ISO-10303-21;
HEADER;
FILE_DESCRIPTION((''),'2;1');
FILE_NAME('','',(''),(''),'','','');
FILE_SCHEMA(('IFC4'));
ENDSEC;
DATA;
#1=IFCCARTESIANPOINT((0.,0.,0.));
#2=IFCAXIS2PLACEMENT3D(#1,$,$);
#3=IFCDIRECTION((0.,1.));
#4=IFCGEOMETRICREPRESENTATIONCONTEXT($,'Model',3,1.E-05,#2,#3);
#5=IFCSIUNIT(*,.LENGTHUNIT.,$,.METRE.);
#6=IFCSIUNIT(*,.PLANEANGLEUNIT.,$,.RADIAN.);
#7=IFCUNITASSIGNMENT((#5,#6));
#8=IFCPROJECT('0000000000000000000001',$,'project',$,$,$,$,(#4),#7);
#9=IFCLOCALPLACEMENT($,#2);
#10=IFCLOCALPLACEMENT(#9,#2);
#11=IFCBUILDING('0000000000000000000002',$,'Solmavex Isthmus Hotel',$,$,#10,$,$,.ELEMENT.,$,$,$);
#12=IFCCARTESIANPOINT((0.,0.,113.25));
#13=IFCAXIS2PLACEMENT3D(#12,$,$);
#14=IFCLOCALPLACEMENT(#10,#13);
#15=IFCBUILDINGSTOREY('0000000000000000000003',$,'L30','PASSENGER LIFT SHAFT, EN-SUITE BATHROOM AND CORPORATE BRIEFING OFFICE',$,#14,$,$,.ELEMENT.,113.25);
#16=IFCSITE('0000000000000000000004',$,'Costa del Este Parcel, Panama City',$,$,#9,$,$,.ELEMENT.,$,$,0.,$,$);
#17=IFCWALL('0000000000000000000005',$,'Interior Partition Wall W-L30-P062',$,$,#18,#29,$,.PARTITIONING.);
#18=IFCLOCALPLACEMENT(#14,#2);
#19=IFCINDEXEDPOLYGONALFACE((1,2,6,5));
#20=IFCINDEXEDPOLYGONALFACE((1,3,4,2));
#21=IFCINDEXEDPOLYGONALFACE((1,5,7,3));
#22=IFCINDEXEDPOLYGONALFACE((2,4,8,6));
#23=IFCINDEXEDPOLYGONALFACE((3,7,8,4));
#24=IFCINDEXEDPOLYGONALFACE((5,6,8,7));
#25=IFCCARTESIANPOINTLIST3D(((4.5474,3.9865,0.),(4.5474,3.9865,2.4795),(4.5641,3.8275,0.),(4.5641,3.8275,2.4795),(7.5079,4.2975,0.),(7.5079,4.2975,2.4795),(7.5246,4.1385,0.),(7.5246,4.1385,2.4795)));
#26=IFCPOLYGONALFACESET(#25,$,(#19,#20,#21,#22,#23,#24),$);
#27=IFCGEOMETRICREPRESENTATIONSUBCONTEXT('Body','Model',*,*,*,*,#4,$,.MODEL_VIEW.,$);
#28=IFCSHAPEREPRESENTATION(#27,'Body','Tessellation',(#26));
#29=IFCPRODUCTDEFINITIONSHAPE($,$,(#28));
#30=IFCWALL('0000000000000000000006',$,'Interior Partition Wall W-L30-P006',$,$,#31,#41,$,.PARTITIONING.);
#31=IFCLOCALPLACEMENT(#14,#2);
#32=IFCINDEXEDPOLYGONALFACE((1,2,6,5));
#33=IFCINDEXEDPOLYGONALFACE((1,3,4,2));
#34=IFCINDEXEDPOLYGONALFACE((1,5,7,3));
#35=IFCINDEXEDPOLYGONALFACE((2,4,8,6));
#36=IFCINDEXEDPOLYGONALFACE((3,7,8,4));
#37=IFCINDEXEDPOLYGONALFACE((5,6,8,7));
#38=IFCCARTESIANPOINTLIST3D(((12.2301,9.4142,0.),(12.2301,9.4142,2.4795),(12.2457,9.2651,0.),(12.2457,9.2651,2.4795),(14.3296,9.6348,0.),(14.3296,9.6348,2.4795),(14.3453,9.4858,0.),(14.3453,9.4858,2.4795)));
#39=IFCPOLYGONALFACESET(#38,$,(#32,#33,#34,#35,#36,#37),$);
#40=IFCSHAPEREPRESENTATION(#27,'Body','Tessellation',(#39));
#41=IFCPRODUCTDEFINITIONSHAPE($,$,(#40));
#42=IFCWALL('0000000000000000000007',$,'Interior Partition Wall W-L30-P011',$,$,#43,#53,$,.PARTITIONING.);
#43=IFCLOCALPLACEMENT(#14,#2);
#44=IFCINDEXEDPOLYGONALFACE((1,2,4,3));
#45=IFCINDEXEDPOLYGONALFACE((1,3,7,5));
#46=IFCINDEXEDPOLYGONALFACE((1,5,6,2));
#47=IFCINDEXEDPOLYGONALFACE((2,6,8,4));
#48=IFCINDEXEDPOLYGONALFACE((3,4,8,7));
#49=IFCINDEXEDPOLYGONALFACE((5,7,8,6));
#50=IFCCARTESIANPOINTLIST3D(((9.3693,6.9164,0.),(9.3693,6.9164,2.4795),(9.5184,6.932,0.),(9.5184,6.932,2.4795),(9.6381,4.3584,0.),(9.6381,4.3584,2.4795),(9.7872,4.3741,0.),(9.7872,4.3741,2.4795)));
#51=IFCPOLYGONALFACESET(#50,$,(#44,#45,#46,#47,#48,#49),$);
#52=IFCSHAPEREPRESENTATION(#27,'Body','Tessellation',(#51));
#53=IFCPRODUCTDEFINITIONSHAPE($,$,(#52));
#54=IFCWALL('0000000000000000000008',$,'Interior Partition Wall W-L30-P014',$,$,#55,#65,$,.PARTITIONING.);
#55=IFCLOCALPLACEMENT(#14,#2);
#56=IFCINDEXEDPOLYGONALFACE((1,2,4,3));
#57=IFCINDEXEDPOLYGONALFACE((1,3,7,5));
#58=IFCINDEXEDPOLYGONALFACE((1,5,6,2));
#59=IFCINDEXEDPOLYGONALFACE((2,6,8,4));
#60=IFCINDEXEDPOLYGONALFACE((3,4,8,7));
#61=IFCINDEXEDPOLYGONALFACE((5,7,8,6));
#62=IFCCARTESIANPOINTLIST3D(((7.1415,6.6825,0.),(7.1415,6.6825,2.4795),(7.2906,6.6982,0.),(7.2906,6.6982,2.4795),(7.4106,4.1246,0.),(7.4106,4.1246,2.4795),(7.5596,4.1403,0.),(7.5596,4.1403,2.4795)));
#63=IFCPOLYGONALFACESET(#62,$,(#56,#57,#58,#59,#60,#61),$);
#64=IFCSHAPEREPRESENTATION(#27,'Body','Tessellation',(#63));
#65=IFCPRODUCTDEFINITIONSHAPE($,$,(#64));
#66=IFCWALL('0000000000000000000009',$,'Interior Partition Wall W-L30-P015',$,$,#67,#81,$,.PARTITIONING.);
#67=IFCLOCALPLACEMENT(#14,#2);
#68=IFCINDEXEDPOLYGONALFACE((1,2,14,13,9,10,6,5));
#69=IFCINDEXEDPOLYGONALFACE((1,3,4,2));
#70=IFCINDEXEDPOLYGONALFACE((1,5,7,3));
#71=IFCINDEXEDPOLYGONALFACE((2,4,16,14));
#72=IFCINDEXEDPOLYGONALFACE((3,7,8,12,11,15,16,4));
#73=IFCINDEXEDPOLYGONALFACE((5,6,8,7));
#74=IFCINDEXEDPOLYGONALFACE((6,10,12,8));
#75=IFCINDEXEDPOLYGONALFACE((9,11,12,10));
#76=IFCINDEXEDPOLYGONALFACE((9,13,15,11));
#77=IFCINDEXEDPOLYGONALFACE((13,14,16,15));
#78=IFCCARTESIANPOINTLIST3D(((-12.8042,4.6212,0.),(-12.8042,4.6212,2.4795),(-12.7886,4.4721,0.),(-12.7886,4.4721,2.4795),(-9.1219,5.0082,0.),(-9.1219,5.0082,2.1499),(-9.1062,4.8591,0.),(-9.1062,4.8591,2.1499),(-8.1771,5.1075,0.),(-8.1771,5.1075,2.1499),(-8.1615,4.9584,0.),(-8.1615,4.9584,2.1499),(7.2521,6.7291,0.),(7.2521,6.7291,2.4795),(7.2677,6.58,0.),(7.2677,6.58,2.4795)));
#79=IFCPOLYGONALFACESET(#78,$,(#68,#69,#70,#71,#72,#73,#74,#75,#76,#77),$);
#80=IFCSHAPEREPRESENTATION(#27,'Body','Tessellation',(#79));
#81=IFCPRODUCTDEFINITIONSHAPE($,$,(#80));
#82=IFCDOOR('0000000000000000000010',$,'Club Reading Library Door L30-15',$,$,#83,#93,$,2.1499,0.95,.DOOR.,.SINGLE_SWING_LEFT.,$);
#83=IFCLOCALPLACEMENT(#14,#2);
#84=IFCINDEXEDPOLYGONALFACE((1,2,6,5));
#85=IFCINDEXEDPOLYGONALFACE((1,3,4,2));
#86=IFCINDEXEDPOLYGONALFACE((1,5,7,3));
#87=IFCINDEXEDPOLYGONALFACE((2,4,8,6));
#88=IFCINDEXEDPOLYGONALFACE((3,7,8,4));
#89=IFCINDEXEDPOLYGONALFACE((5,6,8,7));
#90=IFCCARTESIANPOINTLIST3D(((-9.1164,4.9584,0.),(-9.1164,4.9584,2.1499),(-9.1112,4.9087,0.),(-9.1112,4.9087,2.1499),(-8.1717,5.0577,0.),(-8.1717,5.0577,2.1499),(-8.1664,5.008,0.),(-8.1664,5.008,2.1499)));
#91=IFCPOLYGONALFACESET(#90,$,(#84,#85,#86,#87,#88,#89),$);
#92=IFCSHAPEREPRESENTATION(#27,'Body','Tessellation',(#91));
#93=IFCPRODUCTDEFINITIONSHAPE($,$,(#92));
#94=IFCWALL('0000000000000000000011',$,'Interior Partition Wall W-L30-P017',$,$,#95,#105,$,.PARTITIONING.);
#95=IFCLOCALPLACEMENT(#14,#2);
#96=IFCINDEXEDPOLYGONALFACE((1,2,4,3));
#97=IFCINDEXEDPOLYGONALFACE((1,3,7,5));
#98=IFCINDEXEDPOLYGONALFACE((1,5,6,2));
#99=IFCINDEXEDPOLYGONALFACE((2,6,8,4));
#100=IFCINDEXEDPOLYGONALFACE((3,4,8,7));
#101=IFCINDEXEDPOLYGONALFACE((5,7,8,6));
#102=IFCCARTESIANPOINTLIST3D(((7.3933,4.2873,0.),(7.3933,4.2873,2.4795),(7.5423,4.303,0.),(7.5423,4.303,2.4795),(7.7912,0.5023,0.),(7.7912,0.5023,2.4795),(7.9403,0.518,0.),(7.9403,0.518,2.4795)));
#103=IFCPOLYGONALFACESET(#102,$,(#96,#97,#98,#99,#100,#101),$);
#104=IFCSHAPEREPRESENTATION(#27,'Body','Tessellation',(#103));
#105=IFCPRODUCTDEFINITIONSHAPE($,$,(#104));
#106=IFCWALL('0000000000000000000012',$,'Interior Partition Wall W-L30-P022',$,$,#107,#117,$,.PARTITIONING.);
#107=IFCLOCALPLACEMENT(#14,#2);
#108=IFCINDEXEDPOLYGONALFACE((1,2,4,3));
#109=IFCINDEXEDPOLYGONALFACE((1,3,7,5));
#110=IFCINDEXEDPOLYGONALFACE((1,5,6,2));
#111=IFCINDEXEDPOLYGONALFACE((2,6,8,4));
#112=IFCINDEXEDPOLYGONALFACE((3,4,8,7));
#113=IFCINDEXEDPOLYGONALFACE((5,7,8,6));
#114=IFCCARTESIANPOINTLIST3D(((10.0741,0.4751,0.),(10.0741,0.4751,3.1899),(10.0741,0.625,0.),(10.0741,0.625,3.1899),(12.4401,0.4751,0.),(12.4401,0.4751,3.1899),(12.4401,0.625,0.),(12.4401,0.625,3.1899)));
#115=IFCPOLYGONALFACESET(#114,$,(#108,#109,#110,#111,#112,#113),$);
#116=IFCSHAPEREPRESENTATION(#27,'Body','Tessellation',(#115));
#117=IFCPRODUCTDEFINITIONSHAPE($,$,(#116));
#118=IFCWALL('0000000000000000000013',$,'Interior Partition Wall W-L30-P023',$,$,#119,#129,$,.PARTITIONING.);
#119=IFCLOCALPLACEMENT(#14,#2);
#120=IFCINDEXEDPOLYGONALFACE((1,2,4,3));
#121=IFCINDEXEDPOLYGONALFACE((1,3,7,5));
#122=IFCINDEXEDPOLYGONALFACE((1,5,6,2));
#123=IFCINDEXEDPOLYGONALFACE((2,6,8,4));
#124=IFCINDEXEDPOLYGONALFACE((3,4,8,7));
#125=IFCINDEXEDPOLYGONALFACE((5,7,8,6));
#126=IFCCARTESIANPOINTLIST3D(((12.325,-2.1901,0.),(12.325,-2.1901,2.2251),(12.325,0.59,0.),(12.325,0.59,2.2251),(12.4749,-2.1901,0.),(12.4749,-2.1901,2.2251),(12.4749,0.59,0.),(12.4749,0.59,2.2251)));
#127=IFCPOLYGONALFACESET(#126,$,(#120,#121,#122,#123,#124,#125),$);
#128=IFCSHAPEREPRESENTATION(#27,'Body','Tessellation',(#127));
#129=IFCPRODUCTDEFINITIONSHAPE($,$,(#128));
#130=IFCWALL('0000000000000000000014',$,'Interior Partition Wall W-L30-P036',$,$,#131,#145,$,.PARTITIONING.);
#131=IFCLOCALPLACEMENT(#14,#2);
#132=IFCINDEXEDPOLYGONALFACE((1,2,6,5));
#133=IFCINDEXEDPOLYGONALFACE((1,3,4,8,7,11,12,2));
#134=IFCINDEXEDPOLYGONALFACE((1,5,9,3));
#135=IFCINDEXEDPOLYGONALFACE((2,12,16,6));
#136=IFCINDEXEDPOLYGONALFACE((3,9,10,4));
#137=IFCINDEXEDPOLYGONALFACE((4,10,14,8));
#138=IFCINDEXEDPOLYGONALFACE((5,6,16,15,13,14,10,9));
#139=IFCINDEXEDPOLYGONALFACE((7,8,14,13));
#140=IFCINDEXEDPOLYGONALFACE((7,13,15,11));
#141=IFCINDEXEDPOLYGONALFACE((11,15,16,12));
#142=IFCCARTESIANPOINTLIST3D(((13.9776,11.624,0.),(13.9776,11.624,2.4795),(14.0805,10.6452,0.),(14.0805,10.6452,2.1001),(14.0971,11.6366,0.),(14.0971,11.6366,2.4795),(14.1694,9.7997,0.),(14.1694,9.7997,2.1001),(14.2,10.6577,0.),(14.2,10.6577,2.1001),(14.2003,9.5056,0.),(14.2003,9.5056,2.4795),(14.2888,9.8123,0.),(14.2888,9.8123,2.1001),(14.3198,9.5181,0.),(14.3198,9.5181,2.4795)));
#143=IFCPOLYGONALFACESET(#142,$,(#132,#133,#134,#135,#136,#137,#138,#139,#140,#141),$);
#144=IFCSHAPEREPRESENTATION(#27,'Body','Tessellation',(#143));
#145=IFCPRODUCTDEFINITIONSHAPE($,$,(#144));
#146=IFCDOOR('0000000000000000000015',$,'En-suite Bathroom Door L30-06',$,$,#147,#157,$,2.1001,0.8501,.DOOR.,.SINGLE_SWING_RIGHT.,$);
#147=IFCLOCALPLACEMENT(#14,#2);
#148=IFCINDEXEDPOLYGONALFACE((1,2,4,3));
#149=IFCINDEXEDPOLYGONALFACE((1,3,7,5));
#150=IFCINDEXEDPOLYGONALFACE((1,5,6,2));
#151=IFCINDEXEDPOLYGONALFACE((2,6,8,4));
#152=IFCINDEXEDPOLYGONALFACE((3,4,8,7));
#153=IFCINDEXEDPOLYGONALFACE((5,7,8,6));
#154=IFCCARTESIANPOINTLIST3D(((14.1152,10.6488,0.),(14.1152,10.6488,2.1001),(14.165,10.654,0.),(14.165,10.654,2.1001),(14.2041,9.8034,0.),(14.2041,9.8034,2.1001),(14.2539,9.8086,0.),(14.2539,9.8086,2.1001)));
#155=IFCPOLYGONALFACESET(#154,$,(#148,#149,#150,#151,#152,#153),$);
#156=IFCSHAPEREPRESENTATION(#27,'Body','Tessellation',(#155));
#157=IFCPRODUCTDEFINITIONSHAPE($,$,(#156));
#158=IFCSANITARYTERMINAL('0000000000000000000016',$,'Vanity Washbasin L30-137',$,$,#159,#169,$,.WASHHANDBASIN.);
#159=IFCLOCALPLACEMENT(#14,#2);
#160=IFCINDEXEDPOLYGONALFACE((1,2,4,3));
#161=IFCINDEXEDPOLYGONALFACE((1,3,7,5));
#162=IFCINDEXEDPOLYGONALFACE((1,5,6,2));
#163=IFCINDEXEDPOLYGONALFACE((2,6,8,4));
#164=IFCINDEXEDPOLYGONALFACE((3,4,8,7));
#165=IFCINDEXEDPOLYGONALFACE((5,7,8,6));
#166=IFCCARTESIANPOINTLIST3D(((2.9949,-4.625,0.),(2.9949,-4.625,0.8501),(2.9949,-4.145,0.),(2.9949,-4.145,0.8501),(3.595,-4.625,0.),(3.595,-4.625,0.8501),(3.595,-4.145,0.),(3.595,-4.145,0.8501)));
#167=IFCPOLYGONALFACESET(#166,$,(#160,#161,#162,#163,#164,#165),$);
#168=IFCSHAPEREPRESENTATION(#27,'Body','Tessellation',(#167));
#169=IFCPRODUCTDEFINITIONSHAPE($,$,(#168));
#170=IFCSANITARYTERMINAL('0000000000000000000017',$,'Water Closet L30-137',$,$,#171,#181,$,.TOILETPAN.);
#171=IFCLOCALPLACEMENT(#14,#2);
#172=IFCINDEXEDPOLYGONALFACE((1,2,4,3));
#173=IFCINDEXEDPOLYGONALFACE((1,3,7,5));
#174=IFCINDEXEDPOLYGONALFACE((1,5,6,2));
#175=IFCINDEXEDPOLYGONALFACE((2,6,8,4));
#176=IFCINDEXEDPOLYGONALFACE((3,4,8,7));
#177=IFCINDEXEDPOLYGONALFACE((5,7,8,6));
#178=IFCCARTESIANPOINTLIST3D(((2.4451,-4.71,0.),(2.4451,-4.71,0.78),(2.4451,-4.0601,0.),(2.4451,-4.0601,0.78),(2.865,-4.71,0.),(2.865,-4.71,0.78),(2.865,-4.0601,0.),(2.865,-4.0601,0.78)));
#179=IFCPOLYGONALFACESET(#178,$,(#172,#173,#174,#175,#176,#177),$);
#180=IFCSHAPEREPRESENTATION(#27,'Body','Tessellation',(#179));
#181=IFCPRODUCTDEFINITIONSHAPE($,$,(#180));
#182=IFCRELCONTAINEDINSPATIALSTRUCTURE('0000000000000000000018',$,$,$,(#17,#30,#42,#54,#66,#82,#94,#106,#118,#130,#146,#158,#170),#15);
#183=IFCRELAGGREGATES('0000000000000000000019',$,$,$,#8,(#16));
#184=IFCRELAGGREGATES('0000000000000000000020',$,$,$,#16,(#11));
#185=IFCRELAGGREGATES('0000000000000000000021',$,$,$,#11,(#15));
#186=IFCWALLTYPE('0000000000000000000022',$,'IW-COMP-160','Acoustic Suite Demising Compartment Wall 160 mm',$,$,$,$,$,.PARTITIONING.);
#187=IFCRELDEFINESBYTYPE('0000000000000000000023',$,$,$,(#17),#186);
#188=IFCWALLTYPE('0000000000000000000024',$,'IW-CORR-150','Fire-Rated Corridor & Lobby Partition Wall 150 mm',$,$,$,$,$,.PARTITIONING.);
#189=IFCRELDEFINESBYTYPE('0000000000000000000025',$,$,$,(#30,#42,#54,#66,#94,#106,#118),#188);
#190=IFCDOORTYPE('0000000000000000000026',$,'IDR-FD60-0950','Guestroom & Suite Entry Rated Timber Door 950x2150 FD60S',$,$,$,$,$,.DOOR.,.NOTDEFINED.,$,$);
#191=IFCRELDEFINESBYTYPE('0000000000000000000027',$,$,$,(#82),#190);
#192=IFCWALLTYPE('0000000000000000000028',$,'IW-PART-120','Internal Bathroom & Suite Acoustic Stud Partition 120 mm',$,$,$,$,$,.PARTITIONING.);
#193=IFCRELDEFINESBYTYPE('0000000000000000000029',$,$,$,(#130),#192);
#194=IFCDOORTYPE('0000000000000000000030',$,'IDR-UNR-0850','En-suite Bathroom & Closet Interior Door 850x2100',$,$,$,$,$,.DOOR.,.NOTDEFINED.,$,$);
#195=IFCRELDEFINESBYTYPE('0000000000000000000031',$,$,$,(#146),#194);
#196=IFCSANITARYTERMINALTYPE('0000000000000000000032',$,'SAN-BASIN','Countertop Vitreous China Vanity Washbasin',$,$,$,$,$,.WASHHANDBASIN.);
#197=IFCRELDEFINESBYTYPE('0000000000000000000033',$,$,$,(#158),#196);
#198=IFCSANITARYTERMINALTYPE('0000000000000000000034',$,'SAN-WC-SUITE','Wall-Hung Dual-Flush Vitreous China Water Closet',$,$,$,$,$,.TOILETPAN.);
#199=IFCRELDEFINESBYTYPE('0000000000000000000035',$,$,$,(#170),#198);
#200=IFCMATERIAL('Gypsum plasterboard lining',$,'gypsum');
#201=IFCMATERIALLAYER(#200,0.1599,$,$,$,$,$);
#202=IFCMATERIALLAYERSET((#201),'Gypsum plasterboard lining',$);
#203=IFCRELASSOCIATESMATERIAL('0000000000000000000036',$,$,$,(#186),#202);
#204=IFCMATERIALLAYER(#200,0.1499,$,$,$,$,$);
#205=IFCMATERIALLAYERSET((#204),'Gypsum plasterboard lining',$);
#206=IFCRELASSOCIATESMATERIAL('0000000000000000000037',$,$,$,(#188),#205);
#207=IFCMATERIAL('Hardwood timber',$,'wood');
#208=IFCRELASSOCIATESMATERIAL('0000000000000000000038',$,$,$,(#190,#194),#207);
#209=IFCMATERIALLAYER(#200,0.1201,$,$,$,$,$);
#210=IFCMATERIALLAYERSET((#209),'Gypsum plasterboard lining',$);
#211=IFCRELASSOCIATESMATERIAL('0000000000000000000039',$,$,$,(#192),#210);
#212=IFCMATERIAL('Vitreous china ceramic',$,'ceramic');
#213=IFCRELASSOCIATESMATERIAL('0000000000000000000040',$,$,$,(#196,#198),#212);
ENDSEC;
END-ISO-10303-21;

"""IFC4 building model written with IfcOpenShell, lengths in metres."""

from ifc_helpers import new_model, si_unit, direction, frame, frame_2d, origin, origin_2d, place, context, subcontext, project, spatial, rectangle, extrude, material, layer, layer_set, type_object, element, fill, save


model = new_model("IFC4")

# Units and contexts
model_context = context("Model", 3, precision=1e-05, world=origin(), true_north=direction((0.0, 1.0)))
body_context = subcontext(model_context, "Body", "Model", "MODEL_VIEW")
ifc_project = project(units=[si_unit("LENGTHUNIT", "METRE"), si_unit("PLANEANGLEUNIT", "RADIAN")], contexts=[model_context])

# Site, building, storey
site_placement = place(None, origin())
site = spatial("IfcSite", under=ifc_project, at=site_placement, Name="Costa del Este Parcel, Panama City", CompositionType="ELEMENT", RefElevation=0.0)
building_placement = place(site_placement, origin())
building = spatial("IfcBuilding", under=site, at=building_placement, Name="Solmavex Isthmus Hotel", CompositionType="ELEMENT")
storey_placement = place(building_placement, frame((0.0, 0.0, 113.25)))
storey = spatial("IfcBuildingStorey", under=building, at=storey_placement, Name="L30", Description="PASSENGER LIFT SHAFT, EN-SUITE BATHROOM AND CORPORATE BRIEFING OFFICE", CompositionType="ELEMENT", Elevation=113.25)

# Wall
ifc_material_1 = material(Name="Gypsum plasterboard lining", Category="gypsum")
ifc_layer_1 = layer(ifc_material_1, 0.1599)
ifc_layer_set_1 = layer_set([ifc_layer_1], Name="Gypsum plasterboard lining")
wall_type_1 = type_object("IfcWallType", Name="IW-COMP-160", Description="Acoustic Suite Demising Compartment Wall 160 mm", PredefinedType="PARTITIONING", material=ifc_layer_set_1)
wall_1_placement = place(storey_placement, frame((7.5161, 4.218, 0.0), z_axis=(0.0, 0.0, 1.0), x_axis=(-0.994526, -0.104488, 0.0)))
element("IfcWall", 1, at=wall_1_placement, inside=storey, type_object=wall_type_1, Name="Interior Partition Wall W-L30-P062", PredefinedType="PARTITIONING", context=body_context, shape_type="SweptSolid", body=[
    extrude(rectangle(XDim=2.9768, YDim=0.1599, at=frame_2d((1.4883, 0.0))), origin(), (0.0, 0.0, 1.0), 2.4795),
])

# Shared definitions
ifc_layer_2 = layer(ifc_material_1, 0.1499)
ifc_layer_set_2 = layer_set([ifc_layer_2], Name="Gypsum plasterboard lining")
wall_type_2 = type_object("IfcWallType", Name="IW-CORR-150", Description="Fire-Rated Corridor & Lobby Partition Wall 150 mm", PredefinedType="PARTITIONING", material=ifc_layer_set_2)
ifc_material_2 = material(Name="Hardwood timber", Category="wood")
door_type_1 = type_object("IfcDoorType", Name="IDR-FD60-0950", Description="Guestroom & Suite Entry Rated Timber Door 950x2150 FD60S", OperationType="NOTDEFINED", PredefinedType="DOOR", material=ifc_material_2)

# Walls
wall_2_placement = place(storey_placement, frame((12.2378, 9.3396, 0.0), z_axis=(0.0, 0.0, 1.0), x_axis=(0.994521, 0.10454, 0.0)))
element("IfcWall", 2, at=wall_2_placement, inside=storey, type_object=wall_type_2, Name="Interior Partition Wall W-L30-P006", PredefinedType="PARTITIONING", context=body_context, shape_type="SweptSolid", body=[
    extrude(rectangle(XDim=2.1111, YDim=0.1499, at=frame_2d((1.0557, 0.0))), origin(), (0.0, 0.0, 1.0), 2.4795),
])
for number, where, z_axis, x_axis, name in (
    (3, (9.4438, 6.9243, 0.0), (0.0, 0.0, 1.0), (0.104512, -0.994524, 0.0), "Interior Partition Wall W-L30-P011"),
    (4, (7.4851, 4.1323, 0.0), (0.0, 0.0, 1.0), (-0.104606, 0.994514, 0.0), "Interior Partition Wall W-L30-P014"),
):
    element("IfcWall", number, at=place(storey_placement, frame(where, z_axis=z_axis, x_axis=x_axis)), inside=storey, type_object=wall_type_2, Name=name, PredefinedType="PARTITIONING", context=body_context, shape_type="SweptSolid", body=[
        extrude(rectangle(XDim=2.572, YDim=0.1499, at=frame_2d((1.2861, 0.0))), origin(), (0.0, 0.0, 1.0), 2.4795),
    ])

# Wall, opening, door
wall_3_placement = place(storey_placement, frame((7.26, 6.6545, 0.0), z_axis=(0.0, 0.0, 1.0), x_axis=(-0.994522, -0.104523, 0.0)))
wall_3 = element("IfcWall", 5, at=wall_3_placement, inside=storey, type_object=wall_type_2, Name="Interior Partition Wall W-L30-P015", PredefinedType="PARTITIONING", context=body_context, shape_type="SweptSolid", body=[
    extrude(rectangle(XDim=20.1667, YDim=0.1499, at=frame_2d((10.0835, 0.0))), origin(), (0.0, 0.0, 1.0), 2.4795),
])
opening_1_placement = place(wall_3_placement, frame((15.5142, 0.0, 0.0)))
opening_1 = element("IfcOpeningElement", 6, at=opening_1_placement, cuts=wall_3, PredefinedType="OPENING", context=body_context, shape_type="SweptSolid", body=[
    extrude(rectangle(XDim=0.95, YDim=2.1499, at=frame_2d((0.4751, 1.075))), frame((0.0, 0.085, 0.0), z_axis=(0.0, -1.0, 0.0), x_axis=(1.0, 0.0, 0.0)), (0.0, 0.0, 1.0), 0.1699),
])
door_1_placement = place(opening_1_placement, frame((0.95, 0.0, 0.0), z_axis=(0.0, 0.0, 1.0), x_axis=(-1.0, 0.0, 0.0)))
door_1 = element("IfcDoor", 7, at=door_1_placement, inside=storey, type_object=door_type_1, Name="Club Reading Library Door L30-15", OperationType="SINGLE_SWING_LEFT", OverallHeight=2.1499, OverallWidth=0.95, PredefinedType="DOOR", context=body_context, shape_type="SweptSolid", body=[
    extrude(rectangle(XDim=0.95, YDim=2.1499, at=frame_2d((0.4751, 1.075))), frame((0.0, 0.0249, 0.0), z_axis=(0.0, -1.0, 0.0), x_axis=(1.0, 0.0, 0.0)), (0.0, 0.0, 1.0), 0.05),
])
fill(opening_1, door_1)

# Wall
wall_4_placement = place(storey_placement, frame((7.8657, 0.5103, 0.0), z_axis=(0.0, 0.0, 1.0), x_axis=(-0.104558, 0.994519, 0.0)))
element("IfcWall", 8, at=wall_4_placement, inside=storey, type_object=wall_type_2, Name="Interior Partition Wall W-L30-P017", PredefinedType="PARTITIONING", context=body_context, shape_type="SweptSolid", body=[
    extrude(rectangle(XDim=3.8059, YDim=0.1499, at=frame_2d((1.9028, 0.0))), origin(), (0.0, 0.0, 1.0), 2.4795),
])

# Walls
wall_5_placement = place(storey_placement, frame((10.074, 0.55, 0.0), z_axis=(0.0, 0.0, 1.0), x_axis=(1.0, 0.0, 0.0)))
element("IfcWall", 9, at=wall_5_placement, inside=storey, type_object=wall_type_2, Name="Interior Partition Wall W-L30-P022", PredefinedType="PARTITIONING", context=body_context, shape_type="SweptSolid", body=[
    extrude(rectangle(XDim=2.366, YDim=0.1499, at=frame_2d((1.1831, 0.0))), origin(), (0.0, 0.0, 1.0), 3.1899),
])
wall_6_placement = place(storey_placement, frame((12.3999, 0.5901, 0.0), z_axis=(0.0, 0.0, 1.0), x_axis=(0.0, -1.0, 0.0)))
element("IfcWall", 10, at=wall_6_placement, inside=storey, type_object=wall_type_2, Name="Interior Partition Wall W-L30-P023", PredefinedType="PARTITIONING", context=body_context, shape_type="SweptSolid", body=[
    extrude(rectangle(XDim=2.78, YDim=0.1499, at=frame_2d((1.3901, 0.0))), origin(), (0.0, 0.0, 1.0), 2.2251),
])

# Wall, opening, door
ifc_layer_3 = layer(ifc_material_1, 0.1201)
ifc_layer_set_3 = layer_set([ifc_layer_3], Name="Gypsum plasterboard lining")
wall_type_3 = type_object("IfcWallType", Name="IW-PART-120", Description="Internal Bathroom & Suite Acoustic Stud Partition 120 mm", PredefinedType="PARTITIONING", material=ifc_layer_set_3)
wall_7_placement = place(storey_placement, frame((14.26, 9.512, 0.0), z_axis=(0.0, 0.0, 1.0), x_axis=(-0.10453, 0.994522, 0.0)))
wall_7 = element("IfcWall", 11, at=wall_7_placement, inside=storey, type_object=wall_type_3, Name="Interior Partition Wall W-L30-P036", PredefinedType="PARTITIONING", context=body_context, shape_type="SweptSolid", body=[
    extrude(rectangle(XDim=2.1301, YDim=0.1201, at=frame_2d((1.0649, 0.0))), origin(), (0.0, 0.0, 1.0), 2.4795),
])
opening_2_placement = place(wall_7_placement, frame((0.2957, 0.0, 0.0)))
opening_2 = element("IfcOpeningElement", 12, at=opening_2_placement, cuts=wall_7, PredefinedType="OPENING", context=body_context, shape_type="SweptSolid", body=[
    extrude(rectangle(XDim=0.8501, YDim=2.1001, at=frame_2d((0.425, 1.05))), frame((0.0, 0.0701, 0.0), z_axis=(0.0, -1.0, 0.0), x_axis=(1.0, 0.0, 0.0)), (0.0, 0.0, 1.0), 0.1401),
])
door_type_2 = type_object("IfcDoorType", Name="IDR-UNR-0850", Description="En-suite Bathroom & Closet Interior Door 850x2100", OperationType="NOTDEFINED", PredefinedType="DOOR", material=ifc_material_2)
door_2_placement = place(opening_2_placement, frame((0.8501, 0.0, 0.0), z_axis=(0.0, 0.0, 1.0), x_axis=(-1.0, 0.0, 0.0)))
door_2 = element("IfcDoor", 13, at=door_2_placement, inside=storey, type_object=door_type_2, Name="En-suite Bathroom Door L30-06", OperationType="SINGLE_SWING_RIGHT", OverallHeight=2.1001, OverallWidth=0.8501, PredefinedType="DOOR", context=body_context, shape_type="SweptSolid", body=[
    extrude(rectangle(XDim=0.8501, YDim=2.1001, at=frame_2d((0.425, 1.05))), frame((0.0, 0.0249, 0.0), z_axis=(0.0, -1.0, 0.0), x_axis=(1.0, 0.0, 0.0)), (0.0, 0.0, 1.0), 0.05),
])
fill(opening_2, door_2)

# Sanitary terminals
ifc_material_3 = material(Name="Vitreous china ceramic", Category="ceramic")
sanitary_terminal_type_1 = type_object("IfcSanitaryTerminalType", Name="SAN-BASIN", Description="Countertop Vitreous China Vanity Washbasin", PredefinedType="WASHHANDBASIN", material=ifc_material_3)
sanitary_terminal_placement = place(storey_placement, frame((3.2949, -4.385, 0.0), z_axis=(0.0, 0.0, 1.0), x_axis=(1.0, 0.0, 0.0)))
element("IfcSanitaryTerminal", 14, at=sanitary_terminal_placement, inside=storey, type_object=sanitary_terminal_type_1, Name="Vanity Washbasin L30-137", PredefinedType="WASHHANDBASIN", context=body_context, shape_type="SweptSolid", body=[
    extrude(rectangle(XDim=0.6001, YDim=0.48, at=origin_2d()), origin(), (0.0, 0.0, 1.0), 0.8501),
])
sanitary_terminal_type_2 = type_object("IfcSanitaryTerminalType", Name="SAN-WC-SUITE", Description="Wall-Hung Dual-Flush Vitreous China Water Closet", PredefinedType="TOILETPAN", material=ifc_material_3)
for number, where, z_axis, x_axis, name in (
    (15, (2.655, -4.385, 0.0), (0.0, 0.0, 1.0), (1.0, 0.0, 0.0), "Water Closet L30-137"),
):
    element("IfcSanitaryTerminal", number, at=place(storey_placement, frame(where, z_axis=z_axis, x_axis=x_axis)), inside=storey, type_object=sanitary_terminal_type_2, Name=name, PredefinedType="TOILETPAN", context=body_context, shape_type="SweptSolid", body=[
        extrude(rectangle(XDim=0.4199, YDim=0.6499, at=origin_2d()), origin(), (0.0, 0.0, 1.0), 0.78),
    ])

save(model, "model.ifc")
